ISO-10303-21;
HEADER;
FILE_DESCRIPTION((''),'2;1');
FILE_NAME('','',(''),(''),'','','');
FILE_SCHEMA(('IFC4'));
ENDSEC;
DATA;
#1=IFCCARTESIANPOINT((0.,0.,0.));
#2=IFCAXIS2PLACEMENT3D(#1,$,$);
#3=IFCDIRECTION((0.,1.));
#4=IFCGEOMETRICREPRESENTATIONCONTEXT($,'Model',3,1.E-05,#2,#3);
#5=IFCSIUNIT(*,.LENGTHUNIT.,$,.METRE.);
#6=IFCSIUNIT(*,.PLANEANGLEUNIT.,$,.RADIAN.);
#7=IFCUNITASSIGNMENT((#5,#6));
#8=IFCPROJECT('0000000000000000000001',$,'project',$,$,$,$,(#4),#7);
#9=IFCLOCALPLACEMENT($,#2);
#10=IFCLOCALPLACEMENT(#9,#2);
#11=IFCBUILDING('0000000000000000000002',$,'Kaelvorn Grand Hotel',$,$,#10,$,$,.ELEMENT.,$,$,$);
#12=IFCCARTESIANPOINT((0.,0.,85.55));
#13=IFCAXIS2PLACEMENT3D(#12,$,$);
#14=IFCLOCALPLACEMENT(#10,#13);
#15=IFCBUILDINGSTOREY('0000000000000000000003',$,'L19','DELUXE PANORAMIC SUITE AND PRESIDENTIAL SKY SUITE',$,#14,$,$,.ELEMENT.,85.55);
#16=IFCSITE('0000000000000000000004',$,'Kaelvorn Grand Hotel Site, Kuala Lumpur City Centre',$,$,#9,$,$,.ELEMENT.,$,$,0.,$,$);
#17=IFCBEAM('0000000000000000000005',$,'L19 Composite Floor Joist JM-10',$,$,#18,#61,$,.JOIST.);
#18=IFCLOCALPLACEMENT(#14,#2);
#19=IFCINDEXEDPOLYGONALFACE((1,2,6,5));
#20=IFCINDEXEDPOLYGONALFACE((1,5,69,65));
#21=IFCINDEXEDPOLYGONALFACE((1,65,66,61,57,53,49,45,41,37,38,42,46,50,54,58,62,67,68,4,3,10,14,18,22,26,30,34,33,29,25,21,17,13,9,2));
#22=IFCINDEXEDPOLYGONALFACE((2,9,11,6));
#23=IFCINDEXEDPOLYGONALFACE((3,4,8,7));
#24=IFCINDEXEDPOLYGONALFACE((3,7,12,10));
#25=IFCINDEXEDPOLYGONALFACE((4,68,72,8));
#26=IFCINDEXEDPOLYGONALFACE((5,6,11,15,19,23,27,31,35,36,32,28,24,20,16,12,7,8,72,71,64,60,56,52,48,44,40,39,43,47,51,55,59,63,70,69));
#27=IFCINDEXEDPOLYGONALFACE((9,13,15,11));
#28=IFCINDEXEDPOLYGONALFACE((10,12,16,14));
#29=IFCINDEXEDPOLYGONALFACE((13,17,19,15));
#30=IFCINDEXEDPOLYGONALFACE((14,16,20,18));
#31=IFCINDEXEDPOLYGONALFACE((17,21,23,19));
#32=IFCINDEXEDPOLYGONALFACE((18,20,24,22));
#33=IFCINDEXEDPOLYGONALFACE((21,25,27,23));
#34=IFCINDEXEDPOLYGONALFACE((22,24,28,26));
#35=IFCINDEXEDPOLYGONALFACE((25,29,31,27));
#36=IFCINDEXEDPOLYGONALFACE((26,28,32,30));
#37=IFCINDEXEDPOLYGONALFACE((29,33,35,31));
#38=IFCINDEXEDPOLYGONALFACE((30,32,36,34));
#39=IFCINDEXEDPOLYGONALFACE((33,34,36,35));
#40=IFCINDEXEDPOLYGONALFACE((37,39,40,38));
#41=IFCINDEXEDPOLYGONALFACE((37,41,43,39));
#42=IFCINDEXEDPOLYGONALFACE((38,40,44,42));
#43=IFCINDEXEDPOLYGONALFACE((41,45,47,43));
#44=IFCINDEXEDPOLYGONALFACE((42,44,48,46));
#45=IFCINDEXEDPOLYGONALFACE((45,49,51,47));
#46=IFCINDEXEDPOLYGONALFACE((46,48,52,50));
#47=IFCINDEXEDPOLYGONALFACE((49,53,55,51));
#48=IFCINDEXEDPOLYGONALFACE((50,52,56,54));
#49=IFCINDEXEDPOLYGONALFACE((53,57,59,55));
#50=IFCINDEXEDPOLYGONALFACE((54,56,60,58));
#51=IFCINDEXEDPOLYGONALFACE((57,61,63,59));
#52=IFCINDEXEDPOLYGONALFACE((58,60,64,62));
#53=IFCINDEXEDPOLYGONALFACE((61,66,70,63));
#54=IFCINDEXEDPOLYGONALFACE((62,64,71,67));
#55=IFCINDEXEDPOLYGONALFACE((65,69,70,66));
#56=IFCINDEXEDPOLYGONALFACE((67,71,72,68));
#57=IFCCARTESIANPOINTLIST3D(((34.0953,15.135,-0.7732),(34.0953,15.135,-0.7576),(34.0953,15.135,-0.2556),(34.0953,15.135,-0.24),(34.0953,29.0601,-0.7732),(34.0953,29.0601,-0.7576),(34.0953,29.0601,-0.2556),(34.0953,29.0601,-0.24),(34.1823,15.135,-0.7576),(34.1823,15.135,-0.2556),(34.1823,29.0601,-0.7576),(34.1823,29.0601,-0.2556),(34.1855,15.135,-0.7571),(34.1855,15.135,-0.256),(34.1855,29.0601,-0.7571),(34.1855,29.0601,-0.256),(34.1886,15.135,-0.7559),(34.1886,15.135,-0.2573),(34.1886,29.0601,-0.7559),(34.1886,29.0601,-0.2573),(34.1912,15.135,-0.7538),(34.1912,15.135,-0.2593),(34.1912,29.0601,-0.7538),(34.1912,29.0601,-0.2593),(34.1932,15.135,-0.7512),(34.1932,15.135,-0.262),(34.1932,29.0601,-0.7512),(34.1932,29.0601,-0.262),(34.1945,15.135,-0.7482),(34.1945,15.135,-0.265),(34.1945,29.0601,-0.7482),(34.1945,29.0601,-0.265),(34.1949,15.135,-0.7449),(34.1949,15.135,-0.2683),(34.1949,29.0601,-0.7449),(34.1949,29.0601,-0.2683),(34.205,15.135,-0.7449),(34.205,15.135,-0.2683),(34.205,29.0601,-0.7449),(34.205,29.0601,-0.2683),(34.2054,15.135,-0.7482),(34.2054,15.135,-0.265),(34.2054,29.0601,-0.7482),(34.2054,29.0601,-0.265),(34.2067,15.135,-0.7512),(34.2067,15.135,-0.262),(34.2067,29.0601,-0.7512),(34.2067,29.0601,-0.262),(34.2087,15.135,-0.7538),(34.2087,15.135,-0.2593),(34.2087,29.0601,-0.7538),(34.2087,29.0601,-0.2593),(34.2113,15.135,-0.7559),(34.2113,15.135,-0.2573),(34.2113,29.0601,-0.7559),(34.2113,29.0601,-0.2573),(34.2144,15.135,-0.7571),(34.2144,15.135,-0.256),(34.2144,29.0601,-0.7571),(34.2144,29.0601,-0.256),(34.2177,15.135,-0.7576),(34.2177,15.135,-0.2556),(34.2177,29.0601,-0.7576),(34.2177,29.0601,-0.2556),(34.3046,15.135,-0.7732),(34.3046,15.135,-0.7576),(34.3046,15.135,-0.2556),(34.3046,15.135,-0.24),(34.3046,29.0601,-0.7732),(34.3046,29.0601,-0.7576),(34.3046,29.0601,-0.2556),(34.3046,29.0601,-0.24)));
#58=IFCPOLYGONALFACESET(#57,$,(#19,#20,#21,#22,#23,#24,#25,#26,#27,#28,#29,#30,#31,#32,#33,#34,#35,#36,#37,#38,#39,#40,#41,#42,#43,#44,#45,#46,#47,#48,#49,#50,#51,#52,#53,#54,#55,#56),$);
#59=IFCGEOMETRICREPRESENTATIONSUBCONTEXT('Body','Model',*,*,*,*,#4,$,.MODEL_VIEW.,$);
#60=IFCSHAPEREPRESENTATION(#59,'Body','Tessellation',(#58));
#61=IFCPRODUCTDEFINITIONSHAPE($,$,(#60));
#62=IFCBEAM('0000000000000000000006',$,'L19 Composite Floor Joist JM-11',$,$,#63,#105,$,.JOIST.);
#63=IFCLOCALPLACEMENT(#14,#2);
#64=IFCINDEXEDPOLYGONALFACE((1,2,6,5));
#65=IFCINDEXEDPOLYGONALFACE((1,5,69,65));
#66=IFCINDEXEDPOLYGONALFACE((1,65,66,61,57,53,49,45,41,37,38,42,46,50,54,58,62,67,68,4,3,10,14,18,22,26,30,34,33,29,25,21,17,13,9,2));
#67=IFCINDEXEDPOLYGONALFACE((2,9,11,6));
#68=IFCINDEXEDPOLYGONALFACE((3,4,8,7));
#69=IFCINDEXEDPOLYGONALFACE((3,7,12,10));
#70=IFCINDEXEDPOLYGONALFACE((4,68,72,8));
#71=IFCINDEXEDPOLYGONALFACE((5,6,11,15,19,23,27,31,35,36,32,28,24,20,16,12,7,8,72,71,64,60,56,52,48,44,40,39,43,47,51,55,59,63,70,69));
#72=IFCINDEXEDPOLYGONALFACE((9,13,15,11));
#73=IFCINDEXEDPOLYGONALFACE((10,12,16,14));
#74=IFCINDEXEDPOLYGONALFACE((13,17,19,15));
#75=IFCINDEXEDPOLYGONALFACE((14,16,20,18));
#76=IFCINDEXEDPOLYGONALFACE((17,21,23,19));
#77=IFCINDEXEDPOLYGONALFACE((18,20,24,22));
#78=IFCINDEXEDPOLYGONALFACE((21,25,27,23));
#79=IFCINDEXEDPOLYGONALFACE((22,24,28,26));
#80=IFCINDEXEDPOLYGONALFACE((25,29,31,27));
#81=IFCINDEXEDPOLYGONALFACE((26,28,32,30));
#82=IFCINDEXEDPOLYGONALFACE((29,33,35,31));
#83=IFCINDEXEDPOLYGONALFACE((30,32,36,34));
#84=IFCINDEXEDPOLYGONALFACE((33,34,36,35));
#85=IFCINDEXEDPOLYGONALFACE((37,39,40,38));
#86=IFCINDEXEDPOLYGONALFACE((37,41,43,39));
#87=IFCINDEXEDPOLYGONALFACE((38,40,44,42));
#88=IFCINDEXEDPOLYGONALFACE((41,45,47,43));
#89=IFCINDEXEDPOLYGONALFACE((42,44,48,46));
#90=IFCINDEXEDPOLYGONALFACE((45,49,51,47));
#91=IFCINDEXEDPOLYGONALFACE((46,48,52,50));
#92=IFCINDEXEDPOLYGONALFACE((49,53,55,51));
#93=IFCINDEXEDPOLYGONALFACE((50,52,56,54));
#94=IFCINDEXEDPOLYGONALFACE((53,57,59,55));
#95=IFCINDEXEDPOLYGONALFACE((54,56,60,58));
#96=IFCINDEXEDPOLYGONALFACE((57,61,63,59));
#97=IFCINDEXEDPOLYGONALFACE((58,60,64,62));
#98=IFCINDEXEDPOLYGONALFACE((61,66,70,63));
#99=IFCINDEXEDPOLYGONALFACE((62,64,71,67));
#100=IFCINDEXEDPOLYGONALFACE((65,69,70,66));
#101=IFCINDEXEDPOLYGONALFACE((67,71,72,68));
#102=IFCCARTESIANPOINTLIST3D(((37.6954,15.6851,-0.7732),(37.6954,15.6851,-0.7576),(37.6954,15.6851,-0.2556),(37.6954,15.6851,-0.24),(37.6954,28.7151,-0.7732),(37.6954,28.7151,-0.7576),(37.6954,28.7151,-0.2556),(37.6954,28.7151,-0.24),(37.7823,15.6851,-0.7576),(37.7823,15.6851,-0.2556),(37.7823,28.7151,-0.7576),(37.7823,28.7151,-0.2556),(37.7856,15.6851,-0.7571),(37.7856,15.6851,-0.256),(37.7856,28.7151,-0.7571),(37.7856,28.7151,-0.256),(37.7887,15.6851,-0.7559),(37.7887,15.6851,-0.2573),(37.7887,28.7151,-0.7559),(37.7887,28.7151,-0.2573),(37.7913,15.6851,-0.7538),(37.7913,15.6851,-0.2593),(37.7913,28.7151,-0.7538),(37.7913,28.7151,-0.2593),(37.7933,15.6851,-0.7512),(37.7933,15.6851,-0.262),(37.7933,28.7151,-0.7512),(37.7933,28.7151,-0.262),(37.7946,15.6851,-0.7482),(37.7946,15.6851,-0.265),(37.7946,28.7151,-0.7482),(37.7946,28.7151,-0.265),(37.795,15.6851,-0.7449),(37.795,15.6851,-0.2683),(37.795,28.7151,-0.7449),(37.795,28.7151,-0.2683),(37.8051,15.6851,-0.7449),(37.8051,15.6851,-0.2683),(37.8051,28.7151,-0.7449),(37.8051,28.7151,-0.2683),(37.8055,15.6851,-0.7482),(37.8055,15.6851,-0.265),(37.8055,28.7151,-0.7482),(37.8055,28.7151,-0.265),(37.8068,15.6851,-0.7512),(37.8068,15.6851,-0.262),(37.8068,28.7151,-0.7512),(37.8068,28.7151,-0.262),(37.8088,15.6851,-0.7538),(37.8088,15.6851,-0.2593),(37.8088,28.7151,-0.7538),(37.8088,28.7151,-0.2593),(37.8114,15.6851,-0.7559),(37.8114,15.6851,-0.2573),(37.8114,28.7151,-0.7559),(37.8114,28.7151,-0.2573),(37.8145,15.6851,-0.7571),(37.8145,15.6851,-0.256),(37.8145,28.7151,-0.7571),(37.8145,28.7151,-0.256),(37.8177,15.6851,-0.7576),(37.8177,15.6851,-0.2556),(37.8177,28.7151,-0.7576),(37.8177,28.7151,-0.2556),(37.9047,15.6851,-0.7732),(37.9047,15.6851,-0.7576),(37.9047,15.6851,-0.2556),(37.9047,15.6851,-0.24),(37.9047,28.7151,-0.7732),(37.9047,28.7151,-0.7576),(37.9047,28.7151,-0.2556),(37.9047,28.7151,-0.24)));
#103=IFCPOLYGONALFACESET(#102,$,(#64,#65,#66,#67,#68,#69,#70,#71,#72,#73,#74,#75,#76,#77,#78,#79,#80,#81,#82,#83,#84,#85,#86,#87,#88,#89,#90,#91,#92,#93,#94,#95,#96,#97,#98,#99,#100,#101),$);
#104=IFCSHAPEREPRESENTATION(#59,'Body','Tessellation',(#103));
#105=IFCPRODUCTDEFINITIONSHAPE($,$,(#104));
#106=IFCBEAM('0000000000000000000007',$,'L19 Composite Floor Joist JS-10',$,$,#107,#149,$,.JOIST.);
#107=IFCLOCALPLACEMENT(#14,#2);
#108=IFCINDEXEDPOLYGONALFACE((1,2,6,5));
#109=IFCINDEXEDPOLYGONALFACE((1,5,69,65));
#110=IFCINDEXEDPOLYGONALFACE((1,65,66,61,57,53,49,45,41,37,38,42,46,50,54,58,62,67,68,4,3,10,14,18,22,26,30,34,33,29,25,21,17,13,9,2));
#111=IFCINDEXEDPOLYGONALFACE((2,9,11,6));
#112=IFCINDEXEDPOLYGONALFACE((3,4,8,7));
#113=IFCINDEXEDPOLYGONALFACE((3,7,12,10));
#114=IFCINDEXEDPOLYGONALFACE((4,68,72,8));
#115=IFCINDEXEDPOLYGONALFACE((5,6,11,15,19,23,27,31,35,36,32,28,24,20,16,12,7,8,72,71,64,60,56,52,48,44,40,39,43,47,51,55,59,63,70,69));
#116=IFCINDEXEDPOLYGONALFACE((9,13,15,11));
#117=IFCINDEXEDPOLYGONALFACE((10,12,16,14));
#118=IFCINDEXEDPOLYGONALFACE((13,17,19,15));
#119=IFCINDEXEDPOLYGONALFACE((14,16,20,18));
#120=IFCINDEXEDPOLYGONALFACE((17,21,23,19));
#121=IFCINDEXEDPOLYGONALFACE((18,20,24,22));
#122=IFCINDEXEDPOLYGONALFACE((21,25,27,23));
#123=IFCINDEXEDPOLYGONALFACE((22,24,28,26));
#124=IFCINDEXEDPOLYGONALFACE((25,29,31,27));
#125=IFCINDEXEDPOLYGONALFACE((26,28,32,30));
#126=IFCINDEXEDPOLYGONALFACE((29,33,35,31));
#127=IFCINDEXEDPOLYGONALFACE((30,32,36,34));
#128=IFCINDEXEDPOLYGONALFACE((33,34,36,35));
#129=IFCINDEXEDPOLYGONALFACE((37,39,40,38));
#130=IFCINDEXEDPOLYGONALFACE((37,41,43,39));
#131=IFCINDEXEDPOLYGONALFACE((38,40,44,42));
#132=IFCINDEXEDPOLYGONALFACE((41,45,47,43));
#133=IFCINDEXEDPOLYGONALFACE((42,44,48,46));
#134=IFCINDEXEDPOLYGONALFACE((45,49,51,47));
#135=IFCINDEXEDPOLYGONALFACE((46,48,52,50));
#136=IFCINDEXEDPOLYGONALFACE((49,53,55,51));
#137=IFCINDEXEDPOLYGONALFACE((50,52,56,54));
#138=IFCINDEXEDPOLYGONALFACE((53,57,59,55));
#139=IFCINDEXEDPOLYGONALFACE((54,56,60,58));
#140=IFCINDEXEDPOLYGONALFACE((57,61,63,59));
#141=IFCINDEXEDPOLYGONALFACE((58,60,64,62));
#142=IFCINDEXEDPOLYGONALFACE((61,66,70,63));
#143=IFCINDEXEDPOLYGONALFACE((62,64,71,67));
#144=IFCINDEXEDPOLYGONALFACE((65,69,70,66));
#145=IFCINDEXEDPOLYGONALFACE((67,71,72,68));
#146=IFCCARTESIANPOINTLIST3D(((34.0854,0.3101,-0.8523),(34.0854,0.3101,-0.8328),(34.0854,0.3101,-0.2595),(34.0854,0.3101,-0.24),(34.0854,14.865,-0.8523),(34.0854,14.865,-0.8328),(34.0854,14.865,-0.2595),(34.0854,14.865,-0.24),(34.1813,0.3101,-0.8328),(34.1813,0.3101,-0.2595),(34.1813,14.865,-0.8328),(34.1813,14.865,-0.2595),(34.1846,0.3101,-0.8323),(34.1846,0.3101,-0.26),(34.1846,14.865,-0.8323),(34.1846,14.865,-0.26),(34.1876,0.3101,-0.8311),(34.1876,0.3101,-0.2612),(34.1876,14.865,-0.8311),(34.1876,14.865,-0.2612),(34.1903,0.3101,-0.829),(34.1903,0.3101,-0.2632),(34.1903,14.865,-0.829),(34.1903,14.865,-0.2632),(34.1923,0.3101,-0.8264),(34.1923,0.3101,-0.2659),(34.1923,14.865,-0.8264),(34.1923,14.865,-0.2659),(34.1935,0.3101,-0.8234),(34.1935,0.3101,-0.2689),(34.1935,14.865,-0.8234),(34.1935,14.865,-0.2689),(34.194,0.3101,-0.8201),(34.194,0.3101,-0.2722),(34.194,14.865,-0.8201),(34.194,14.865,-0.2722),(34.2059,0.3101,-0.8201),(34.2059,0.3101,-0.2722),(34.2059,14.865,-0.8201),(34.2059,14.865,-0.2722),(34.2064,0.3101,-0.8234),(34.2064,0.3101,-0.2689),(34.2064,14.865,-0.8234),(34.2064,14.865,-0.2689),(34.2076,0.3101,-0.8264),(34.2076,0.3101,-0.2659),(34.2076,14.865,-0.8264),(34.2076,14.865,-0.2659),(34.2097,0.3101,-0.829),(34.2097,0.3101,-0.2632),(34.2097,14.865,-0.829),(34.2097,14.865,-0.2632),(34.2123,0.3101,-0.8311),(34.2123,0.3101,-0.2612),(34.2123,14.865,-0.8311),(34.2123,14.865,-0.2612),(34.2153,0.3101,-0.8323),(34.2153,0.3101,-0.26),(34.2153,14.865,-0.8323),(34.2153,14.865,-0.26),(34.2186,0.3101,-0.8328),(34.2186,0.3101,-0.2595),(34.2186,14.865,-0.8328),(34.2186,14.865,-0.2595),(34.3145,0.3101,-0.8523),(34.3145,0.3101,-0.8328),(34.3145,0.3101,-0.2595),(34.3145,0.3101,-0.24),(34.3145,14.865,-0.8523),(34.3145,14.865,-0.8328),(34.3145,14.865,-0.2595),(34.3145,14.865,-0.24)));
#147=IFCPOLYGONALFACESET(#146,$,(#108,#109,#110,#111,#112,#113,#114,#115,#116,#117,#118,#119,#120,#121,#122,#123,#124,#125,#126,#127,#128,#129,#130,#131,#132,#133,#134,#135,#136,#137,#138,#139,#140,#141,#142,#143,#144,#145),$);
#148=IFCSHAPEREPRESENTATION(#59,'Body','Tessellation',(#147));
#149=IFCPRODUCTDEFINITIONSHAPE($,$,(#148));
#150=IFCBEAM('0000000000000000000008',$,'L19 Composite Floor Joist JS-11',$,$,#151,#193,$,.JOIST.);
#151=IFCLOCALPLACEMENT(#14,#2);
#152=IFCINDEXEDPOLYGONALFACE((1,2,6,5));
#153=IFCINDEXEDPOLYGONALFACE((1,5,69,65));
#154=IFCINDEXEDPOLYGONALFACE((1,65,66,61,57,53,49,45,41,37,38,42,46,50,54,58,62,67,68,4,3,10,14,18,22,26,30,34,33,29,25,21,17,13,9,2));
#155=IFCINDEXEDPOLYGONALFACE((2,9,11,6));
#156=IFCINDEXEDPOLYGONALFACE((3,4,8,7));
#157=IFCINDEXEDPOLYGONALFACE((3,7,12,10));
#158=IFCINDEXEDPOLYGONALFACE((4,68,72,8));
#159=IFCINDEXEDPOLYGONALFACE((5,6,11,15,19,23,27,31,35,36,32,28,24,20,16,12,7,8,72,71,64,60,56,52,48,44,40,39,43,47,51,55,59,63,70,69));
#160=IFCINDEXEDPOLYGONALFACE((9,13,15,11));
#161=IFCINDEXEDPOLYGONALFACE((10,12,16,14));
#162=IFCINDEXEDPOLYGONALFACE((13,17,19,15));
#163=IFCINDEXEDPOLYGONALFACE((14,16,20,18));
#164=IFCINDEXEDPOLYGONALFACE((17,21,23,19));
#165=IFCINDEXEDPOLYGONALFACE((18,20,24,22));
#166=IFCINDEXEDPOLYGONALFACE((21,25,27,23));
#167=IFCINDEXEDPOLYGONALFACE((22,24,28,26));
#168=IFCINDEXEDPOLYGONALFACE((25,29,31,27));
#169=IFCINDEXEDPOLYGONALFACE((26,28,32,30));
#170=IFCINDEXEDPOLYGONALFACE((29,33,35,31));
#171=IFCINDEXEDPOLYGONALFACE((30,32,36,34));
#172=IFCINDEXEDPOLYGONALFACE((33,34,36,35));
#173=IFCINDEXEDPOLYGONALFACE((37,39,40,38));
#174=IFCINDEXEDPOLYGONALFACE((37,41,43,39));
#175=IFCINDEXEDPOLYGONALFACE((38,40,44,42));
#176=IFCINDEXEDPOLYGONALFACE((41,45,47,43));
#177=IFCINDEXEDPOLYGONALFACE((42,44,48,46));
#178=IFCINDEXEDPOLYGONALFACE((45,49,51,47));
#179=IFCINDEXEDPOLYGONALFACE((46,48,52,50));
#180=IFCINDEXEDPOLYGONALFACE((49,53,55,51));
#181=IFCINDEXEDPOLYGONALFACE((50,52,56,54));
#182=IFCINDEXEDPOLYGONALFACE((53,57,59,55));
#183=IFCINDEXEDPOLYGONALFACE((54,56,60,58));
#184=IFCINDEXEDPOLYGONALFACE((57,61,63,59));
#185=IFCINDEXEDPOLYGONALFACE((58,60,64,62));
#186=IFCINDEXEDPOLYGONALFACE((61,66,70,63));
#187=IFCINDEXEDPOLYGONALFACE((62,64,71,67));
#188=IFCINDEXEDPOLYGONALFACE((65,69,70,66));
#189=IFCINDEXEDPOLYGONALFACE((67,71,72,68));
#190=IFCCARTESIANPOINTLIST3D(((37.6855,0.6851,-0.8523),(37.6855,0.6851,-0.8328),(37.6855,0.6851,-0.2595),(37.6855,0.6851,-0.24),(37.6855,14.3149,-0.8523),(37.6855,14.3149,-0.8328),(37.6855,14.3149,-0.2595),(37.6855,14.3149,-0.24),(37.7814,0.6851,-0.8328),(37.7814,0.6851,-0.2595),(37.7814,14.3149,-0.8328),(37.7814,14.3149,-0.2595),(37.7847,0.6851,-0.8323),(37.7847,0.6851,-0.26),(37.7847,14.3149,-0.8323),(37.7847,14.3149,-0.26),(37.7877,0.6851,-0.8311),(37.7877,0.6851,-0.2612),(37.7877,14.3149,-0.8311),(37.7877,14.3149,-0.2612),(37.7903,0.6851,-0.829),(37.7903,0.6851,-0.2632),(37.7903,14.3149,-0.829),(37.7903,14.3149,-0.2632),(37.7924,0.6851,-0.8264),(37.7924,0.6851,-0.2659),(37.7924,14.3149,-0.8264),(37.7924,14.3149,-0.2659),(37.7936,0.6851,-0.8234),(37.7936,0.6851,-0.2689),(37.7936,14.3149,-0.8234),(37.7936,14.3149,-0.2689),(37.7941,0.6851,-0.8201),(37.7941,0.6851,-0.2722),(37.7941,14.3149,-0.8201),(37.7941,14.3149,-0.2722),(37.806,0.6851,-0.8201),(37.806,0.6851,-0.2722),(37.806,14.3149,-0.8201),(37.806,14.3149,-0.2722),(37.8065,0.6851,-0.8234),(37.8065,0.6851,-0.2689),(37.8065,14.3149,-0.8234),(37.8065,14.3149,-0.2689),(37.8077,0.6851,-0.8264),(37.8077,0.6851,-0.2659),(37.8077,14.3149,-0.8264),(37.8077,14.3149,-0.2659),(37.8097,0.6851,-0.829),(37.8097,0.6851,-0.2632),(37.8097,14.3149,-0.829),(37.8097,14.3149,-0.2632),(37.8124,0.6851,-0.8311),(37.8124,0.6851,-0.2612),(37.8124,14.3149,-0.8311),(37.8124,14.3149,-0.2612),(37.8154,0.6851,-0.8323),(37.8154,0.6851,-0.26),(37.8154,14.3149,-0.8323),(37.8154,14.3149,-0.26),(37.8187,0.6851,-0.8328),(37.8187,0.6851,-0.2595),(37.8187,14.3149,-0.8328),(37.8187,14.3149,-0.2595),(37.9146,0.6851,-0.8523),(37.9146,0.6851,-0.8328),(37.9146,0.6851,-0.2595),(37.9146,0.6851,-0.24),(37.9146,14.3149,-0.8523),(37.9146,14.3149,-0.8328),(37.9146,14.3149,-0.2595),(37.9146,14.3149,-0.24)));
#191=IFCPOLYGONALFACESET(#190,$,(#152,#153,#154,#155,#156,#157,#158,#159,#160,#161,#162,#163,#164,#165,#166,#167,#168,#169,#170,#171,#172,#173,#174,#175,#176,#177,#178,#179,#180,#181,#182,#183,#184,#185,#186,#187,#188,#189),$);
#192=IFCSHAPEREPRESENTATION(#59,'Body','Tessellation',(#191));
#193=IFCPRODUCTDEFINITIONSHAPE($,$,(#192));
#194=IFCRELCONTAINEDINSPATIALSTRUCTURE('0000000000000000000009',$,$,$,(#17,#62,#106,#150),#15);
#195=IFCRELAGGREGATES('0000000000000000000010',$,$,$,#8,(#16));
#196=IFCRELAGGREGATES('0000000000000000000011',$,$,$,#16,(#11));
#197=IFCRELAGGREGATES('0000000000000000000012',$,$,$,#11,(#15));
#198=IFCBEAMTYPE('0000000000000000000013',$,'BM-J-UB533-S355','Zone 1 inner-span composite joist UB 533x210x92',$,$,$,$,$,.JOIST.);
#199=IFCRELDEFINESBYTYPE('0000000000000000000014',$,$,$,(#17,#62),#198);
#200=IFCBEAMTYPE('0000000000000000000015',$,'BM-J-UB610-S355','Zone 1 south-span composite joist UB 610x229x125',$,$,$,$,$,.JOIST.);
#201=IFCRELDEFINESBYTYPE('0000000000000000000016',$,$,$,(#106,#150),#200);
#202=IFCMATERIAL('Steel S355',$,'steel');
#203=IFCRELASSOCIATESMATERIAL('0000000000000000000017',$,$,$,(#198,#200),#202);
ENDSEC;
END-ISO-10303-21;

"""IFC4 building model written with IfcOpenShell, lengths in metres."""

from ifc_helpers import new_model, si_unit, direction, frame, origin, origin_2d, place, context, subcontext, project, spatial, i_section, extrude, material, material_profile, profile_set, type_object, element, save


model = new_model("IFC4")

# Units and contexts
model_context = context("Model", 3, precision=1e-05, world=origin(), true_north=direction((0.0, 1.0)))
body_context = subcontext(model_context, "Body", "Model", "MODEL_VIEW")
ifc_project = project(units=[si_unit("LENGTHUNIT", "METRE"), si_unit("PLANEANGLEUNIT", "RADIAN")], contexts=[model_context])

# Site, building, storey
site_placement = place(None, origin())
site = spatial("IfcSite", under=ifc_project, at=site_placement, Name="Kaelvorn Grand Hotel Site, Kuala Lumpur City Centre", CompositionType="ELEMENT", RefElevation=0.0)
building_placement = place(site_placement, origin())
building = spatial("IfcBuilding", under=site, at=building_placement, Name="Kaelvorn Grand Hotel", CompositionType="ELEMENT")
storey_placement = place(building_placement, frame((0.0, 0.0, 85.55)))
storey = spatial("IfcBuildingStorey", under=building, at=storey_placement, Name="L19", Description="DELUXE PANORAMIC SUITE AND PRESIDENTIAL SKY SUITE", CompositionType="ELEMENT", Elevation=85.55)

# Beams
ifc_material_1 = material(Name="Steel S355", Category="steel")
ifc_material_profile_1 = material_profile(ifc_material_1, i_section(OverallWidth=0.2092, OverallDepth=0.5332, WebThickness=0.01, FlangeThickness=0.0156, FilletRadius=0.0127, at=origin_2d()), Name="UB 533x210x92")
ifc_profile_set_1 = profile_set([ifc_material_profile_1], Name="Steel S355")
beam_type_1 = type_object("IfcBeamType", Name="BM-J-UB533-S355", Description="Zone 1 inner-span composite joist UB 533x210x92", PredefinedType="JOIST", material=ifc_profile_set_1)
beam_1_placement = place(storey_placement, frame((34.2, 15.135, -0.5066), z_axis=(0.0, 1.0, 0.0), x_axis=(-1.0, 0.0, 0.0)))
element("IfcBeam", 1, at=beam_1_placement, inside=storey, type_object=beam_type_1, Name="L19 Composite Floor Joist JM-10", PredefinedType="JOIST", context=body_context, shape_type="SweptSolid", body=[
    extrude(i_section(OverallWidth=0.2092, OverallDepth=0.5332, WebThickness=0.01, FlangeThickness=0.0156, FilletRadius=0.0127, at=origin_2d()), origin(), (0.0, 0.0, 1.0), 13.925),
])
beam_2_placement = place(storey_placement, frame((37.8, 15.6851, -0.5066), z_axis=(0.0, 1.0, 0.0), x_axis=(-1.0, 0.0, 0.0)))
element("IfcBeam", 2, at=beam_2_placement, inside=storey, type_object=beam_type_1, Name="L19 Composite Floor Joist JM-11", PredefinedType="JOIST", context=body_context, shape_type="SweptSolid", body=[
    extrude(i_section(OverallWidth=0.2092, OverallDepth=0.5332, WebThickness=0.01, FlangeThickness=0.0156, FilletRadius=0.0127, at=origin_2d()), origin(), (0.0, 0.0, 1.0), 13.03),
])
ifc_material_profile_2 = material_profile(ifc_material_1, i_section(OverallWidth=0.229, OverallDepth=0.6123, WebThickness=0.012, FlangeThickness=0.0195, FilletRadius=0.0127, at=origin_2d()), Name="UB 610x229x125")
ifc_profile_set_2 = profile_set([ifc_material_profile_2], Name="Steel S355")
beam_type_2 = type_object("IfcBeamType", Name="BM-J-UB610-S355", Description="Zone 1 south-span composite joist UB 610x229x125", PredefinedType="JOIST", material=ifc_profile_set_2)
beam_3_placement = place(storey_placement, frame((34.2, 0.3101, -0.5461), z_axis=(0.0, 1.0, 0.0), x_axis=(-1.0, 0.0, 0.0)))
element("IfcBeam", 3, at=beam_3_placement, inside=storey, type_object=beam_type_2, Name="L19 Composite Floor Joist JS-10", PredefinedType="JOIST", context=body_context, shape_type="SweptSolid", body=[
    extrude(i_section(OverallWidth=0.229, OverallDepth=0.6123, WebThickness=0.012, FlangeThickness=0.0195, FilletRadius=0.0127, at=origin_2d()), origin(), (0.0, 0.0, 1.0), 14.5549),
])
beam_4_placement = place(storey_placement, frame((37.8, 0.6851, -0.5461), z_axis=(0.0, 1.0, 0.0), x_axis=(-1.0, 0.0, 0.0)))
element("IfcBeam", 4, at=beam_4_placement, inside=storey, type_object=beam_type_2, Name="L19 Composite Floor Joist JS-11", PredefinedType="JOIST", context=body_context, shape_type="SweptSolid", body=[
    extrude(i_section(OverallWidth=0.229, OverallDepth=0.6123, WebThickness=0.012, FlangeThickness=0.0195, FilletRadius=0.0127, at=origin_2d()), origin(), (0.0, 0.0, 1.0), 13.6299),
])

save(model, "model.ifc")
